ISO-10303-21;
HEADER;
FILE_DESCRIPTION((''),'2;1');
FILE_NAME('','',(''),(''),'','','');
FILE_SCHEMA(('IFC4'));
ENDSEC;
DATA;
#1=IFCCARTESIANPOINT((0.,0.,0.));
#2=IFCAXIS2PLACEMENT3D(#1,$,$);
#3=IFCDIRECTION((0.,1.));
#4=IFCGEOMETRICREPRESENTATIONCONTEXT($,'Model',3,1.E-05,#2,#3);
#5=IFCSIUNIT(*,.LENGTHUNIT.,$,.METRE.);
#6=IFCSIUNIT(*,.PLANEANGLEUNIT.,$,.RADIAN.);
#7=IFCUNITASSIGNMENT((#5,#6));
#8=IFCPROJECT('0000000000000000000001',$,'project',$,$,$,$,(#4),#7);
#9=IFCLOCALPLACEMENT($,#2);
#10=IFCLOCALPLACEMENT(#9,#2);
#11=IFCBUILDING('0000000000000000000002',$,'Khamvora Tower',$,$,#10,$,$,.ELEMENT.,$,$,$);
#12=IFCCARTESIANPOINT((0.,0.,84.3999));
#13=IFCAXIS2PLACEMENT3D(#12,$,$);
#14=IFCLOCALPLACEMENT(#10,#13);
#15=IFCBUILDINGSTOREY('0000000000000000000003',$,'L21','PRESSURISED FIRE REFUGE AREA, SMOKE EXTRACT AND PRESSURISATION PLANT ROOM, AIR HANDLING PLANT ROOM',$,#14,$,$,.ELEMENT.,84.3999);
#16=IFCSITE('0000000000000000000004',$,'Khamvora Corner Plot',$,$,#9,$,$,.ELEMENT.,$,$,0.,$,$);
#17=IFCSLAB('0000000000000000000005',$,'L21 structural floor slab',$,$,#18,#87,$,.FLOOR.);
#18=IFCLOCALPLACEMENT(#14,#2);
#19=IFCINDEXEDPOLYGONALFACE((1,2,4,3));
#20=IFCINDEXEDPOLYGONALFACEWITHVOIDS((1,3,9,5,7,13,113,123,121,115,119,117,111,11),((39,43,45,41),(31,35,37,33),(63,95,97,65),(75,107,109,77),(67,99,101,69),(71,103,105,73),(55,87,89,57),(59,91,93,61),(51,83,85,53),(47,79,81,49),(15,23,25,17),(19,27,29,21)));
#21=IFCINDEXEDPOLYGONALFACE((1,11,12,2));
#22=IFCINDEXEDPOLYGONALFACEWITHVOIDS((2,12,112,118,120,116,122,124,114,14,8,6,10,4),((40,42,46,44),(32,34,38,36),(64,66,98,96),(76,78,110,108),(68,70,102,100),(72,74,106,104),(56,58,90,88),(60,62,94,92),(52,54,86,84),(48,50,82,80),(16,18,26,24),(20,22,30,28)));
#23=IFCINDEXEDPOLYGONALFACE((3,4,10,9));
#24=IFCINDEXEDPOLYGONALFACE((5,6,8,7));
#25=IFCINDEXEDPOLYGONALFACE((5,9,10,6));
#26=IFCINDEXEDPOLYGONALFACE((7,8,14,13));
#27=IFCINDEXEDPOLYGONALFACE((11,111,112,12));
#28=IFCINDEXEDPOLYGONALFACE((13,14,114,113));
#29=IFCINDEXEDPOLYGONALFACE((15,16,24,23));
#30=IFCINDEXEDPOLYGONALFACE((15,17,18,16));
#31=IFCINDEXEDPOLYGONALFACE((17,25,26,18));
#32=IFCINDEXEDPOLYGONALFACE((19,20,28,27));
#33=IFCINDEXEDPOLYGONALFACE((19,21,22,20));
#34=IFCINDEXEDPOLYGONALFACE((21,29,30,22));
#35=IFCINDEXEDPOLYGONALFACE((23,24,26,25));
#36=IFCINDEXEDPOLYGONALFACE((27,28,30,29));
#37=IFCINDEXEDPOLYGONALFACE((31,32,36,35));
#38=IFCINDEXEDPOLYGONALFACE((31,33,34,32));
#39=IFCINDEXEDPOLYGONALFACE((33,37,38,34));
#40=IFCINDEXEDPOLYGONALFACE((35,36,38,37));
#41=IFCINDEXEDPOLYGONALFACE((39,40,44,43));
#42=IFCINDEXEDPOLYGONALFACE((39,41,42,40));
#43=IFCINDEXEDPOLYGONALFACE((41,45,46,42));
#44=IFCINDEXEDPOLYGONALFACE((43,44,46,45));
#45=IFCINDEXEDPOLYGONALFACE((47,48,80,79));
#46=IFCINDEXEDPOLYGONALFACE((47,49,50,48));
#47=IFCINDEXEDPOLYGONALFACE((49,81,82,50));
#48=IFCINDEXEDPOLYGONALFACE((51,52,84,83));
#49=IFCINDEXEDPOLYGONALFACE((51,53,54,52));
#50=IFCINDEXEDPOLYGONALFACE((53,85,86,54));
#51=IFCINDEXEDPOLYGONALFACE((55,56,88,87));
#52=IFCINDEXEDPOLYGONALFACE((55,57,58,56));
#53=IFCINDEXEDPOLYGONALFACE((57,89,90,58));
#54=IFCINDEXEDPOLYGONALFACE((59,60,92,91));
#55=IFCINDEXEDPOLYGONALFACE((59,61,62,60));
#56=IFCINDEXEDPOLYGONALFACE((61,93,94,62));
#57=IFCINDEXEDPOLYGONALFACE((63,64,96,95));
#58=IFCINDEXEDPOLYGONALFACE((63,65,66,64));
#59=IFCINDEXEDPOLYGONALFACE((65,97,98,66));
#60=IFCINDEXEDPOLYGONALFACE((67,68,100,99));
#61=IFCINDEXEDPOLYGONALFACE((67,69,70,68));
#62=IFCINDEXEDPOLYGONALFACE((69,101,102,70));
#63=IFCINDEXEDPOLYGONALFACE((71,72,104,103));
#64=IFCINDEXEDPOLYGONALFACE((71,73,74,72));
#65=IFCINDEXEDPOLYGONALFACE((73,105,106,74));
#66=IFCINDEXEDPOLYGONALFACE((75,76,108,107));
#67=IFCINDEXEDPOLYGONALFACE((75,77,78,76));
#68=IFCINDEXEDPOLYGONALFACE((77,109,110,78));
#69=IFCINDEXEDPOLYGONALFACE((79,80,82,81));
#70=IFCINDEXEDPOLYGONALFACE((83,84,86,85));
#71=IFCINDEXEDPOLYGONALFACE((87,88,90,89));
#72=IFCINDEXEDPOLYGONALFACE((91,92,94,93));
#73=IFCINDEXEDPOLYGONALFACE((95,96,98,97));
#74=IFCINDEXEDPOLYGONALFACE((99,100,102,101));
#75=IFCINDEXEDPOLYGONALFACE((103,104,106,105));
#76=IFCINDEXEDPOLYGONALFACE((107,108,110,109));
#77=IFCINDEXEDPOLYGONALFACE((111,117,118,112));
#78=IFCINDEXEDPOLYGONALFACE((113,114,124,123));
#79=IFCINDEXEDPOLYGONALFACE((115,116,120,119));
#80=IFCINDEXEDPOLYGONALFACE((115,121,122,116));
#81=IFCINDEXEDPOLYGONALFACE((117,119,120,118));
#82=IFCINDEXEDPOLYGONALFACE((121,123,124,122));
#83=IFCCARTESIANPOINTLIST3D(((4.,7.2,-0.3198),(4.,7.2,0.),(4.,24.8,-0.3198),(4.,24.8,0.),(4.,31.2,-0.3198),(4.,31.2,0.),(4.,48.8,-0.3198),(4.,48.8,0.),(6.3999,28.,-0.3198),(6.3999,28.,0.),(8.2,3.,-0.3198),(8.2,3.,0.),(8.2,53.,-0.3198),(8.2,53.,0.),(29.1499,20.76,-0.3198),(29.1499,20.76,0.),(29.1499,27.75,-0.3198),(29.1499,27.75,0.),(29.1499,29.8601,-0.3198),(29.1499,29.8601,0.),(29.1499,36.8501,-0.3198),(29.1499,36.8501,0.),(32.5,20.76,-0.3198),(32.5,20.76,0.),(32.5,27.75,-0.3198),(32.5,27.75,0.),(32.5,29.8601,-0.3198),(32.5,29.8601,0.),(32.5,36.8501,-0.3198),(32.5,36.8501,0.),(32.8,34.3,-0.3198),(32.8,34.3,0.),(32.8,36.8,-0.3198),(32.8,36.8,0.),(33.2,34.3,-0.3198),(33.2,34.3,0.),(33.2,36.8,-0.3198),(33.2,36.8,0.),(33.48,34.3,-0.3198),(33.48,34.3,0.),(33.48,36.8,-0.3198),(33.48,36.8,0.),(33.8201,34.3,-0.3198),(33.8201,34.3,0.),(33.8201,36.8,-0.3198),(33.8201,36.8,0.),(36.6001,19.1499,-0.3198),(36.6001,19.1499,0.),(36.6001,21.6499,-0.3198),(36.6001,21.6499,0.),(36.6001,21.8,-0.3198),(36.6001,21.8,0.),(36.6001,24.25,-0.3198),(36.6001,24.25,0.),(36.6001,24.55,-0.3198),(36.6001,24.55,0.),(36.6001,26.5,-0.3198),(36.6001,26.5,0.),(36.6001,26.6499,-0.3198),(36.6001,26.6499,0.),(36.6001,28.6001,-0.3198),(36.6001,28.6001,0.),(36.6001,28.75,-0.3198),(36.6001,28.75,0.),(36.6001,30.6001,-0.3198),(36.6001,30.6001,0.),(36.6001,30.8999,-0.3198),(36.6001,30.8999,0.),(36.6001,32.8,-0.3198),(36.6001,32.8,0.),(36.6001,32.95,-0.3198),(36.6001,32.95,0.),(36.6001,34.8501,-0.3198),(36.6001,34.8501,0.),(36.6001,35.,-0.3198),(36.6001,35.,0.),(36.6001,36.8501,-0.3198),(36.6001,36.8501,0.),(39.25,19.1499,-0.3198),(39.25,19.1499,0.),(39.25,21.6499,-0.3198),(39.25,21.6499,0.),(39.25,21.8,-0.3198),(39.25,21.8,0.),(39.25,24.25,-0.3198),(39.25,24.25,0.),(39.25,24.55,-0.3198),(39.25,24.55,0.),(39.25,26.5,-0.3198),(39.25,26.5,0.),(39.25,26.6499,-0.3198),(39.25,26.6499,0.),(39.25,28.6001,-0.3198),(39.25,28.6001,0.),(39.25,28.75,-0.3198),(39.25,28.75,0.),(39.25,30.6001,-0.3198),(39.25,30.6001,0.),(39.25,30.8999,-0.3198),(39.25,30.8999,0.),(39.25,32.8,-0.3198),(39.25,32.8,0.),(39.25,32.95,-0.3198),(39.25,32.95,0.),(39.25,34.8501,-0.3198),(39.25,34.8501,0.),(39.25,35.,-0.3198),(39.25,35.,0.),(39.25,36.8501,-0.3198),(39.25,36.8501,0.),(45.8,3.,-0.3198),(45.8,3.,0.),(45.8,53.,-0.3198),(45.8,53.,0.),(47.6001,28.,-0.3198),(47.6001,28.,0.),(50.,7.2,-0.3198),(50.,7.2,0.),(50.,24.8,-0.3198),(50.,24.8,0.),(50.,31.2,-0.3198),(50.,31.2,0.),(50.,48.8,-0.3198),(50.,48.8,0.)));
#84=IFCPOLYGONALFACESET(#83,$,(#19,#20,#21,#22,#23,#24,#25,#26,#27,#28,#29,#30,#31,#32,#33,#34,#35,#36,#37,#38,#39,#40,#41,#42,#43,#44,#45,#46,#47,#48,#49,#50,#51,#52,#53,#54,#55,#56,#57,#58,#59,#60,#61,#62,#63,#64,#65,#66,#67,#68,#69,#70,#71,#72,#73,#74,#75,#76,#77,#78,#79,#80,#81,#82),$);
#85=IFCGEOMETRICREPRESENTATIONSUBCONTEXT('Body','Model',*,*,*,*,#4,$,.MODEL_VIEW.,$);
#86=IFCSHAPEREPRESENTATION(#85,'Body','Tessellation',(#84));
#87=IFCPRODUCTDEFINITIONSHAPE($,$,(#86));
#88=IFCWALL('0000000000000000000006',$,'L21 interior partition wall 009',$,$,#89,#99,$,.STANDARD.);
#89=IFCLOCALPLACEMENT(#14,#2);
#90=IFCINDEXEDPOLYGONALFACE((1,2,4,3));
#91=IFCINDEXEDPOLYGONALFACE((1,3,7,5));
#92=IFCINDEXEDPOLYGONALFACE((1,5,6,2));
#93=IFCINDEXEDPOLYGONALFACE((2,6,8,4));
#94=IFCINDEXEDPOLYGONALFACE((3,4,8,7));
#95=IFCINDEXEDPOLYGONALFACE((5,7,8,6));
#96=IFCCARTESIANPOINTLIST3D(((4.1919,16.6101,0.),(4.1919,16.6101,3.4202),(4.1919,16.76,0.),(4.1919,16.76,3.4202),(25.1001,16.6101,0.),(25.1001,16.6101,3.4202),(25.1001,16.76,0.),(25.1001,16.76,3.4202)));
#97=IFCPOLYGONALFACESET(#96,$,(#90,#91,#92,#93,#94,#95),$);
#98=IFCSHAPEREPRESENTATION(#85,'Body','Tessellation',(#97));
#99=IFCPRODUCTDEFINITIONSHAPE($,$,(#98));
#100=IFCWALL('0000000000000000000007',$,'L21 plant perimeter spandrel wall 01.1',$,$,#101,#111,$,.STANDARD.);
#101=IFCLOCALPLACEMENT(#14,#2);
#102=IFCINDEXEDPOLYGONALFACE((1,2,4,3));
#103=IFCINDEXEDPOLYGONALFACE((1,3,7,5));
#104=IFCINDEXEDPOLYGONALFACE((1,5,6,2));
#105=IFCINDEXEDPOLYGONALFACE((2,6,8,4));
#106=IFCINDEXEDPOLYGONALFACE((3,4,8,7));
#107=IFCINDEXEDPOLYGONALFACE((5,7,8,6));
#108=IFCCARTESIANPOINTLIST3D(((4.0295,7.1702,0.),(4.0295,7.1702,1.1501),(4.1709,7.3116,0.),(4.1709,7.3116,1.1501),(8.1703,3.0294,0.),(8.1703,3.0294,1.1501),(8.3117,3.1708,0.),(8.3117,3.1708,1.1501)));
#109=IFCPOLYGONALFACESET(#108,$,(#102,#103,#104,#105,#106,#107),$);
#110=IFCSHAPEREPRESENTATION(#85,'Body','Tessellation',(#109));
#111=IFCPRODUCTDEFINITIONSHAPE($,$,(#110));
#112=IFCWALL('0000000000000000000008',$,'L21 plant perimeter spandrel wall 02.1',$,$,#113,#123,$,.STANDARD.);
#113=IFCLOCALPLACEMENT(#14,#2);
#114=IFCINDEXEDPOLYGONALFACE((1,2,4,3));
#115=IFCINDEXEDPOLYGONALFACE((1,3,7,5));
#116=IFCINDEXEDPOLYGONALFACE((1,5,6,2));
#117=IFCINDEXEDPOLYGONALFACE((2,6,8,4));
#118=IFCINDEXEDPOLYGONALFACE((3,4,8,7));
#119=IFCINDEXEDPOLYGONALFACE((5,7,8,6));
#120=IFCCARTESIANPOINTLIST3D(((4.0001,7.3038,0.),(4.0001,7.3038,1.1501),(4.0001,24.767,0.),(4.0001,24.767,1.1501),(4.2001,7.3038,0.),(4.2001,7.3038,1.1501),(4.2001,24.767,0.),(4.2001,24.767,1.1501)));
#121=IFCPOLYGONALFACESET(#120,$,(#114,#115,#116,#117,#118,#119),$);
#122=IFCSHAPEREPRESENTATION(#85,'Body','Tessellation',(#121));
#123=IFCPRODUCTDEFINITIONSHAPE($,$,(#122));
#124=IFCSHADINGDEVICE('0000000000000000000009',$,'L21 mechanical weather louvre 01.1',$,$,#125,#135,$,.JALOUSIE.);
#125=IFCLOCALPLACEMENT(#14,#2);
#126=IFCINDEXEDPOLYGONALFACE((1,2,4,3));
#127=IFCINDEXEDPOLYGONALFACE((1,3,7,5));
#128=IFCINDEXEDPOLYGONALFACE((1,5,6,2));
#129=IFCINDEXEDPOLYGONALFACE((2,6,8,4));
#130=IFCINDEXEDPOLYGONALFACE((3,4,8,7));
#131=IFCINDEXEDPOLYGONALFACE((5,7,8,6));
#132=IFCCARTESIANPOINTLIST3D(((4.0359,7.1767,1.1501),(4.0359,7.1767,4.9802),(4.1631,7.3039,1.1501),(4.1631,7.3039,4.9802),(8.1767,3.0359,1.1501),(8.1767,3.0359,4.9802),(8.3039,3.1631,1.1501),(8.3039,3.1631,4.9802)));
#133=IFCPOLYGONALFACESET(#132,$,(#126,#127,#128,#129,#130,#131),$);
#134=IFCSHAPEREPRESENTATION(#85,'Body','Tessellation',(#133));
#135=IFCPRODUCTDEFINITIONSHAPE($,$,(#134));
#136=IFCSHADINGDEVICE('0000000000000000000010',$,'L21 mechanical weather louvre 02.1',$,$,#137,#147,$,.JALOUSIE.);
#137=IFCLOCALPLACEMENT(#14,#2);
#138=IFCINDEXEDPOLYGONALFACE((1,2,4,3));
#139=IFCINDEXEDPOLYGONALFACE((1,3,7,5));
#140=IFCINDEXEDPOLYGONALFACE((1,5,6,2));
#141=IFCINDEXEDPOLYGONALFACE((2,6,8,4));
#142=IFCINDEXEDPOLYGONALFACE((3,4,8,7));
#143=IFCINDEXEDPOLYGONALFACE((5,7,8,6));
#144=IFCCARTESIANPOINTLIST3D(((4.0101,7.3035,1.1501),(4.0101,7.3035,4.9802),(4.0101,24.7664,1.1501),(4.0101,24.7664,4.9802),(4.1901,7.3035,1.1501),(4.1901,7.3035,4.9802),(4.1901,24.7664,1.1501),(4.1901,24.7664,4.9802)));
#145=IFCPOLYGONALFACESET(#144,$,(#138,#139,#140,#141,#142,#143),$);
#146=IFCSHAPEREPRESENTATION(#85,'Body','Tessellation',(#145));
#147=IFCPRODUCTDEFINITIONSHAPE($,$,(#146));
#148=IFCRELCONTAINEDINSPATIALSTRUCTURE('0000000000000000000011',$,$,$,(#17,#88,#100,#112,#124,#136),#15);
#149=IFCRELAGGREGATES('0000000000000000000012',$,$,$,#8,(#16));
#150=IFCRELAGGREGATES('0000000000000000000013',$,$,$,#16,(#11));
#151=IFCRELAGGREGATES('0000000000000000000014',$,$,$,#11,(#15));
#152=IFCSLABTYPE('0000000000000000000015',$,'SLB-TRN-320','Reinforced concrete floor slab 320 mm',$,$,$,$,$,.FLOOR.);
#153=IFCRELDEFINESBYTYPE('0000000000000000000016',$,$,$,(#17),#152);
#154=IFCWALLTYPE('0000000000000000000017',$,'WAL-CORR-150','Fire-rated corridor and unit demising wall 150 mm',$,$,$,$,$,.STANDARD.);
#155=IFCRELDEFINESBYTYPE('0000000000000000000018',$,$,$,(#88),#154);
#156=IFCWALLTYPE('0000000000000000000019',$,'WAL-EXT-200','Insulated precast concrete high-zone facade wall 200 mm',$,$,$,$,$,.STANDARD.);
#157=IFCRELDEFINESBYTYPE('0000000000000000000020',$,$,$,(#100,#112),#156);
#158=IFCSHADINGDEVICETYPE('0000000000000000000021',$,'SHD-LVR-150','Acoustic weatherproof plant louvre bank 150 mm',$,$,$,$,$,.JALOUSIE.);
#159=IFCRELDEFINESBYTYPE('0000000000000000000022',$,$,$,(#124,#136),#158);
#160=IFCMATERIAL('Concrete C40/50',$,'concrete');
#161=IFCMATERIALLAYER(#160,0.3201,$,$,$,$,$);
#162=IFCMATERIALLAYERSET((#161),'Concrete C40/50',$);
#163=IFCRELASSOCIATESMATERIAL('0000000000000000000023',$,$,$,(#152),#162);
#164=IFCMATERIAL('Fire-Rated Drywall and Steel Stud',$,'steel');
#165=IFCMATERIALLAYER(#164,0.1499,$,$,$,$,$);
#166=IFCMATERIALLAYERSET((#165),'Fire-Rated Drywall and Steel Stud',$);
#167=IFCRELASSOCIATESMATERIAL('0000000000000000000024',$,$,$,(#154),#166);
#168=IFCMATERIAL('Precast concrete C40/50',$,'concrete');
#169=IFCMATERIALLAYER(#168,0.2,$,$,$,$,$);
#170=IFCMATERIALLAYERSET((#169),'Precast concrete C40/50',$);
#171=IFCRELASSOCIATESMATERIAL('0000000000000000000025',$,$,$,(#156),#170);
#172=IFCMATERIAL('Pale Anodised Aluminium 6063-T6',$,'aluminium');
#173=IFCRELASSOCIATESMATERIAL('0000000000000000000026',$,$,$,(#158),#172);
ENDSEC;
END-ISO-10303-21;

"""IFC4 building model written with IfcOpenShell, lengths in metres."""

from ifc_helpers import new_model, si_unit, direction, frame, frame_2d, origin, origin_2d, place, context, subcontext, project, spatial, polyline, rectangle, outline, extrude, material, layer, layer_set, type_object, element, save


model = new_model("IFC4")

# Units and contexts
model_context = context("Model", 3, precision=1e-05, world=origin(), true_north=direction((0.0, 1.0)))
body_context = subcontext(model_context, "Body", "Model", "MODEL_VIEW")
ifc_project = project(units=[si_unit("LENGTHUNIT", "METRE"), si_unit("PLANEANGLEUNIT", "RADIAN")], contexts=[model_context])

# Site, building, storey
site_placement = place(None, origin())
site = spatial("IfcSite", under=ifc_project, at=site_placement, Name="Khamvora Corner Plot", CompositionType="ELEMENT", RefElevation=0.0)
building_placement = place(site_placement, origin())
building = spatial("IfcBuilding", under=site, at=building_placement, Name="Khamvora Tower", CompositionType="ELEMENT")
storey_placement = place(building_placement, frame((0.0, 0.0, 84.3999)))
storey = spatial("IfcBuildingStorey", under=building, at=storey_placement, Name="L21", Description="PRESSURISED FIRE REFUGE AREA, SMOKE EXTRACT AND PRESSURISATION PLANT ROOM, AIR HANDLING PLANT ROOM", CompositionType="ELEMENT", Elevation=84.3999)

# Shared definitions
ifc_material_1 = material(Name="Concrete C40/50", Category="concrete")

# Slab
ifc_layer_1 = layer(ifc_material_1, 0.3201)
ifc_layer_set_1 = layer_set([ifc_layer_1], Name="Concrete C40/50")
slab_type_1 = type_object("IfcSlabType", Name="SLB-TRN-320", Description="Reinforced concrete floor slab 320 mm", PredefinedType="FLOOR", material=ifc_layer_set_1)
slab_1_placement = place(storey_placement, frame((0.0, 0.0, -0.3198)))
element("IfcSlab", 1, at=slab_1_placement, inside=storey, type_object=slab_type_1, Name="L21 structural floor slab", PredefinedType="FLOOR", context=body_context, shape_type="SweptSolid", body=[
    extrude(outline(polyline([(8.2, 3.0), (45.8, 3.0), (50.0, 7.2), (50.0, 24.8), (47.6001, 28.0), (50.0, 31.2), (50.0, 48.8), (45.8, 53.0), (8.2, 53.0), (4.0, 48.8), (4.0, 31.2), (6.3999, 28.0), (4.0, 24.8), (4.0, 7.2), (8.2, 3.0)]), holes=[polyline([(32.5, 20.76), (32.5, 27.75), (29.1499, 27.75), (29.1499, 20.76), (32.5, 20.76)]), polyline([(32.5, 29.8601), (32.5, 36.8501), (29.1499, 36.8501), (29.1499, 29.8601), (32.5, 29.8601)]), polyline([(36.6001, 19.1499), (39.25, 19.1499), (39.25, 21.6499), (36.6001, 21.6499), (36.6001, 19.1499)]), polyline([(36.6001, 21.8), (39.25, 21.8), (39.25, 24.25), (36.6001, 24.25), (36.6001, 21.8)]), polyline([(36.6001, 24.55), (39.25, 24.55), (39.25, 26.5), (36.6001, 26.5), (36.6001, 24.55)]), polyline([(36.6001, 26.6499), (39.25, 26.6499), (39.25, 28.6001), (36.6001, 28.6001), (36.6001, 26.6499)]), polyline([(36.6001, 28.75), (39.25, 28.75), (39.25, 30.6001), (36.6001, 30.6001), (36.6001, 28.75)]), polyline([(36.6001, 30.8999), (39.25, 30.8999), (39.25, 32.8), (36.6001, 32.8), (36.6001, 30.8999)]), polyline([(36.6001, 32.95), (39.25, 32.95), (39.25, 34.8501), (36.6001, 34.8501), (36.6001, 32.95)]), polyline([(36.6001, 35.0), (39.25, 35.0), (39.25, 36.8501), (36.6001, 36.8501), (36.6001, 35.0)]), polyline([(32.8, 34.3), (33.2, 34.3), (33.2, 36.8), (32.8, 36.8), (32.8, 34.3)]), polyline([(33.48, 34.3), (33.8201, 34.3), (33.8201, 36.8), (33.48, 36.8), (33.48, 34.3)])]), origin(), (0.0, 0.0, 1.0), 0.3198),
])

# Walls
ifc_material_2 = material(Name="Fire-Rated Drywall and Steel Stud", Category="steel")
ifc_layer_2 = layer(ifc_material_2, 0.1499)
ifc_layer_set_2 = layer_set([ifc_layer_2], Name="Fire-Rated Drywall and Steel Stud")
wall_type_1 = type_object("IfcWallType", Name="WAL-CORR-150", Description="Fire-rated corridor and unit demising wall 150 mm", PredefinedType="STANDARD", material=ifc_layer_set_2)
wall_1_placement = place(storey_placement, frame((4.1919, 16.6851, 0.0), z_axis=(0.0, 0.0, 1.0), x_axis=(1.0, 0.0, 0.0)))
element("IfcWall", 2, at=wall_1_placement, inside=storey, type_object=wall_type_1, Name="L21 interior partition wall 009", PredefinedType="STANDARD", context=body_context, shape_type="SweptSolid", body=[
    extrude(rectangle(XDim=20.9082, YDim=0.1499, at=frame_2d((10.4541, 0.0))), origin(), (0.0, 0.0, 1.0), 3.4202),
])
ifc_material_3 = material(Name="Precast concrete C40/50", Category="concrete")
ifc_layer_3 = layer(ifc_material_3, 0.2)
ifc_layer_set_3 = layer_set([ifc_layer_3], Name="Precast concrete C40/50")
wall_type_2 = type_object("IfcWallType", Name="WAL-EXT-200", Description="Insulated precast concrete high-zone facade wall 200 mm", PredefinedType="STANDARD", material=ifc_layer_set_3)
wall_2_placement = place(storey_placement, frame((8.241, 3.1001, 0.0), z_axis=(0.0, 0.0, 1.0), x_axis=(-0.707107, 0.707107, 0.0)))
element("IfcWall", 3, at=wall_2_placement, inside=storey, type_object=wall_type_2, Name="L21 plant perimeter spandrel wall 01.1", PredefinedType="STANDARD", context=body_context, shape_type="SweptSolid", body=[
    extrude(rectangle(XDim=5.856, YDim=0.2, at=frame_2d((2.928, 0.0))), origin(), (0.0, 0.0, 1.0), 1.1501),
])
wall_3_placement = place(storey_placement, frame((4.1001, 7.304, 0.0), z_axis=(0.0, 0.0, 1.0), x_axis=(0.0, 1.0, 0.0)))
element("IfcWall", 4, at=wall_3_placement, inside=storey, type_object=wall_type_2, Name="L21 plant perimeter spandrel wall 02.1", PredefinedType="STANDARD", context=body_context, shape_type="SweptSolid", body=[
    extrude(rectangle(XDim=17.4631, YDim=0.2, at=frame_2d((8.7314, 0.0))), origin(), (0.0, 0.0, 1.0), 1.1501),
])

# Shading devices
ifc_material_4 = material(Name="Pale Anodised Aluminium 6063-T6", Category="aluminium")
shading_device_type = type_object("IfcShadingDeviceType", Name="SHD-LVR-150", Description="Acoustic weatherproof plant louvre bank 150 mm", PredefinedType="JALOUSIE", material=ifc_material_4)
shading_device_1_placement = place(storey_placement, frame((6.1699, 5.1699, 1.1501), z_axis=(0.0, 0.0, 1.0), x_axis=(-0.707107, 0.707107, 0.0)))
element("IfcShadingDevice", 5, at=shading_device_1_placement, inside=storey, type_object=shading_device_type, Name="L21 mechanical weather louvre 01.1", PredefinedType="JALOUSIE", context=body_context, shape_type="SweptSolid", body=[
    extrude(rectangle(XDim=5.856, YDim=0.1799, at=origin_2d()), origin(), (0.0, 0.0, 1.0), 3.8301),
])
shading_device_2_placement = place(storey_placement, frame((4.1001, 16.0349, 1.1501), z_axis=(0.0, 0.0, 1.0), x_axis=(0.0, 1.0, 0.0)))
element("IfcShadingDevice", 6, at=shading_device_2_placement, inside=storey, type_object=shading_device_type, Name="L21 mechanical weather louvre 02.1", PredefinedType="JALOUSIE", context=body_context, shape_type="SweptSolid", body=[
    extrude(rectangle(XDim=17.4629, YDim=0.1799, at=origin_2d()), origin(), (0.0, 0.0, 1.0), 3.8301),
])

save(model, "model.ifc")
